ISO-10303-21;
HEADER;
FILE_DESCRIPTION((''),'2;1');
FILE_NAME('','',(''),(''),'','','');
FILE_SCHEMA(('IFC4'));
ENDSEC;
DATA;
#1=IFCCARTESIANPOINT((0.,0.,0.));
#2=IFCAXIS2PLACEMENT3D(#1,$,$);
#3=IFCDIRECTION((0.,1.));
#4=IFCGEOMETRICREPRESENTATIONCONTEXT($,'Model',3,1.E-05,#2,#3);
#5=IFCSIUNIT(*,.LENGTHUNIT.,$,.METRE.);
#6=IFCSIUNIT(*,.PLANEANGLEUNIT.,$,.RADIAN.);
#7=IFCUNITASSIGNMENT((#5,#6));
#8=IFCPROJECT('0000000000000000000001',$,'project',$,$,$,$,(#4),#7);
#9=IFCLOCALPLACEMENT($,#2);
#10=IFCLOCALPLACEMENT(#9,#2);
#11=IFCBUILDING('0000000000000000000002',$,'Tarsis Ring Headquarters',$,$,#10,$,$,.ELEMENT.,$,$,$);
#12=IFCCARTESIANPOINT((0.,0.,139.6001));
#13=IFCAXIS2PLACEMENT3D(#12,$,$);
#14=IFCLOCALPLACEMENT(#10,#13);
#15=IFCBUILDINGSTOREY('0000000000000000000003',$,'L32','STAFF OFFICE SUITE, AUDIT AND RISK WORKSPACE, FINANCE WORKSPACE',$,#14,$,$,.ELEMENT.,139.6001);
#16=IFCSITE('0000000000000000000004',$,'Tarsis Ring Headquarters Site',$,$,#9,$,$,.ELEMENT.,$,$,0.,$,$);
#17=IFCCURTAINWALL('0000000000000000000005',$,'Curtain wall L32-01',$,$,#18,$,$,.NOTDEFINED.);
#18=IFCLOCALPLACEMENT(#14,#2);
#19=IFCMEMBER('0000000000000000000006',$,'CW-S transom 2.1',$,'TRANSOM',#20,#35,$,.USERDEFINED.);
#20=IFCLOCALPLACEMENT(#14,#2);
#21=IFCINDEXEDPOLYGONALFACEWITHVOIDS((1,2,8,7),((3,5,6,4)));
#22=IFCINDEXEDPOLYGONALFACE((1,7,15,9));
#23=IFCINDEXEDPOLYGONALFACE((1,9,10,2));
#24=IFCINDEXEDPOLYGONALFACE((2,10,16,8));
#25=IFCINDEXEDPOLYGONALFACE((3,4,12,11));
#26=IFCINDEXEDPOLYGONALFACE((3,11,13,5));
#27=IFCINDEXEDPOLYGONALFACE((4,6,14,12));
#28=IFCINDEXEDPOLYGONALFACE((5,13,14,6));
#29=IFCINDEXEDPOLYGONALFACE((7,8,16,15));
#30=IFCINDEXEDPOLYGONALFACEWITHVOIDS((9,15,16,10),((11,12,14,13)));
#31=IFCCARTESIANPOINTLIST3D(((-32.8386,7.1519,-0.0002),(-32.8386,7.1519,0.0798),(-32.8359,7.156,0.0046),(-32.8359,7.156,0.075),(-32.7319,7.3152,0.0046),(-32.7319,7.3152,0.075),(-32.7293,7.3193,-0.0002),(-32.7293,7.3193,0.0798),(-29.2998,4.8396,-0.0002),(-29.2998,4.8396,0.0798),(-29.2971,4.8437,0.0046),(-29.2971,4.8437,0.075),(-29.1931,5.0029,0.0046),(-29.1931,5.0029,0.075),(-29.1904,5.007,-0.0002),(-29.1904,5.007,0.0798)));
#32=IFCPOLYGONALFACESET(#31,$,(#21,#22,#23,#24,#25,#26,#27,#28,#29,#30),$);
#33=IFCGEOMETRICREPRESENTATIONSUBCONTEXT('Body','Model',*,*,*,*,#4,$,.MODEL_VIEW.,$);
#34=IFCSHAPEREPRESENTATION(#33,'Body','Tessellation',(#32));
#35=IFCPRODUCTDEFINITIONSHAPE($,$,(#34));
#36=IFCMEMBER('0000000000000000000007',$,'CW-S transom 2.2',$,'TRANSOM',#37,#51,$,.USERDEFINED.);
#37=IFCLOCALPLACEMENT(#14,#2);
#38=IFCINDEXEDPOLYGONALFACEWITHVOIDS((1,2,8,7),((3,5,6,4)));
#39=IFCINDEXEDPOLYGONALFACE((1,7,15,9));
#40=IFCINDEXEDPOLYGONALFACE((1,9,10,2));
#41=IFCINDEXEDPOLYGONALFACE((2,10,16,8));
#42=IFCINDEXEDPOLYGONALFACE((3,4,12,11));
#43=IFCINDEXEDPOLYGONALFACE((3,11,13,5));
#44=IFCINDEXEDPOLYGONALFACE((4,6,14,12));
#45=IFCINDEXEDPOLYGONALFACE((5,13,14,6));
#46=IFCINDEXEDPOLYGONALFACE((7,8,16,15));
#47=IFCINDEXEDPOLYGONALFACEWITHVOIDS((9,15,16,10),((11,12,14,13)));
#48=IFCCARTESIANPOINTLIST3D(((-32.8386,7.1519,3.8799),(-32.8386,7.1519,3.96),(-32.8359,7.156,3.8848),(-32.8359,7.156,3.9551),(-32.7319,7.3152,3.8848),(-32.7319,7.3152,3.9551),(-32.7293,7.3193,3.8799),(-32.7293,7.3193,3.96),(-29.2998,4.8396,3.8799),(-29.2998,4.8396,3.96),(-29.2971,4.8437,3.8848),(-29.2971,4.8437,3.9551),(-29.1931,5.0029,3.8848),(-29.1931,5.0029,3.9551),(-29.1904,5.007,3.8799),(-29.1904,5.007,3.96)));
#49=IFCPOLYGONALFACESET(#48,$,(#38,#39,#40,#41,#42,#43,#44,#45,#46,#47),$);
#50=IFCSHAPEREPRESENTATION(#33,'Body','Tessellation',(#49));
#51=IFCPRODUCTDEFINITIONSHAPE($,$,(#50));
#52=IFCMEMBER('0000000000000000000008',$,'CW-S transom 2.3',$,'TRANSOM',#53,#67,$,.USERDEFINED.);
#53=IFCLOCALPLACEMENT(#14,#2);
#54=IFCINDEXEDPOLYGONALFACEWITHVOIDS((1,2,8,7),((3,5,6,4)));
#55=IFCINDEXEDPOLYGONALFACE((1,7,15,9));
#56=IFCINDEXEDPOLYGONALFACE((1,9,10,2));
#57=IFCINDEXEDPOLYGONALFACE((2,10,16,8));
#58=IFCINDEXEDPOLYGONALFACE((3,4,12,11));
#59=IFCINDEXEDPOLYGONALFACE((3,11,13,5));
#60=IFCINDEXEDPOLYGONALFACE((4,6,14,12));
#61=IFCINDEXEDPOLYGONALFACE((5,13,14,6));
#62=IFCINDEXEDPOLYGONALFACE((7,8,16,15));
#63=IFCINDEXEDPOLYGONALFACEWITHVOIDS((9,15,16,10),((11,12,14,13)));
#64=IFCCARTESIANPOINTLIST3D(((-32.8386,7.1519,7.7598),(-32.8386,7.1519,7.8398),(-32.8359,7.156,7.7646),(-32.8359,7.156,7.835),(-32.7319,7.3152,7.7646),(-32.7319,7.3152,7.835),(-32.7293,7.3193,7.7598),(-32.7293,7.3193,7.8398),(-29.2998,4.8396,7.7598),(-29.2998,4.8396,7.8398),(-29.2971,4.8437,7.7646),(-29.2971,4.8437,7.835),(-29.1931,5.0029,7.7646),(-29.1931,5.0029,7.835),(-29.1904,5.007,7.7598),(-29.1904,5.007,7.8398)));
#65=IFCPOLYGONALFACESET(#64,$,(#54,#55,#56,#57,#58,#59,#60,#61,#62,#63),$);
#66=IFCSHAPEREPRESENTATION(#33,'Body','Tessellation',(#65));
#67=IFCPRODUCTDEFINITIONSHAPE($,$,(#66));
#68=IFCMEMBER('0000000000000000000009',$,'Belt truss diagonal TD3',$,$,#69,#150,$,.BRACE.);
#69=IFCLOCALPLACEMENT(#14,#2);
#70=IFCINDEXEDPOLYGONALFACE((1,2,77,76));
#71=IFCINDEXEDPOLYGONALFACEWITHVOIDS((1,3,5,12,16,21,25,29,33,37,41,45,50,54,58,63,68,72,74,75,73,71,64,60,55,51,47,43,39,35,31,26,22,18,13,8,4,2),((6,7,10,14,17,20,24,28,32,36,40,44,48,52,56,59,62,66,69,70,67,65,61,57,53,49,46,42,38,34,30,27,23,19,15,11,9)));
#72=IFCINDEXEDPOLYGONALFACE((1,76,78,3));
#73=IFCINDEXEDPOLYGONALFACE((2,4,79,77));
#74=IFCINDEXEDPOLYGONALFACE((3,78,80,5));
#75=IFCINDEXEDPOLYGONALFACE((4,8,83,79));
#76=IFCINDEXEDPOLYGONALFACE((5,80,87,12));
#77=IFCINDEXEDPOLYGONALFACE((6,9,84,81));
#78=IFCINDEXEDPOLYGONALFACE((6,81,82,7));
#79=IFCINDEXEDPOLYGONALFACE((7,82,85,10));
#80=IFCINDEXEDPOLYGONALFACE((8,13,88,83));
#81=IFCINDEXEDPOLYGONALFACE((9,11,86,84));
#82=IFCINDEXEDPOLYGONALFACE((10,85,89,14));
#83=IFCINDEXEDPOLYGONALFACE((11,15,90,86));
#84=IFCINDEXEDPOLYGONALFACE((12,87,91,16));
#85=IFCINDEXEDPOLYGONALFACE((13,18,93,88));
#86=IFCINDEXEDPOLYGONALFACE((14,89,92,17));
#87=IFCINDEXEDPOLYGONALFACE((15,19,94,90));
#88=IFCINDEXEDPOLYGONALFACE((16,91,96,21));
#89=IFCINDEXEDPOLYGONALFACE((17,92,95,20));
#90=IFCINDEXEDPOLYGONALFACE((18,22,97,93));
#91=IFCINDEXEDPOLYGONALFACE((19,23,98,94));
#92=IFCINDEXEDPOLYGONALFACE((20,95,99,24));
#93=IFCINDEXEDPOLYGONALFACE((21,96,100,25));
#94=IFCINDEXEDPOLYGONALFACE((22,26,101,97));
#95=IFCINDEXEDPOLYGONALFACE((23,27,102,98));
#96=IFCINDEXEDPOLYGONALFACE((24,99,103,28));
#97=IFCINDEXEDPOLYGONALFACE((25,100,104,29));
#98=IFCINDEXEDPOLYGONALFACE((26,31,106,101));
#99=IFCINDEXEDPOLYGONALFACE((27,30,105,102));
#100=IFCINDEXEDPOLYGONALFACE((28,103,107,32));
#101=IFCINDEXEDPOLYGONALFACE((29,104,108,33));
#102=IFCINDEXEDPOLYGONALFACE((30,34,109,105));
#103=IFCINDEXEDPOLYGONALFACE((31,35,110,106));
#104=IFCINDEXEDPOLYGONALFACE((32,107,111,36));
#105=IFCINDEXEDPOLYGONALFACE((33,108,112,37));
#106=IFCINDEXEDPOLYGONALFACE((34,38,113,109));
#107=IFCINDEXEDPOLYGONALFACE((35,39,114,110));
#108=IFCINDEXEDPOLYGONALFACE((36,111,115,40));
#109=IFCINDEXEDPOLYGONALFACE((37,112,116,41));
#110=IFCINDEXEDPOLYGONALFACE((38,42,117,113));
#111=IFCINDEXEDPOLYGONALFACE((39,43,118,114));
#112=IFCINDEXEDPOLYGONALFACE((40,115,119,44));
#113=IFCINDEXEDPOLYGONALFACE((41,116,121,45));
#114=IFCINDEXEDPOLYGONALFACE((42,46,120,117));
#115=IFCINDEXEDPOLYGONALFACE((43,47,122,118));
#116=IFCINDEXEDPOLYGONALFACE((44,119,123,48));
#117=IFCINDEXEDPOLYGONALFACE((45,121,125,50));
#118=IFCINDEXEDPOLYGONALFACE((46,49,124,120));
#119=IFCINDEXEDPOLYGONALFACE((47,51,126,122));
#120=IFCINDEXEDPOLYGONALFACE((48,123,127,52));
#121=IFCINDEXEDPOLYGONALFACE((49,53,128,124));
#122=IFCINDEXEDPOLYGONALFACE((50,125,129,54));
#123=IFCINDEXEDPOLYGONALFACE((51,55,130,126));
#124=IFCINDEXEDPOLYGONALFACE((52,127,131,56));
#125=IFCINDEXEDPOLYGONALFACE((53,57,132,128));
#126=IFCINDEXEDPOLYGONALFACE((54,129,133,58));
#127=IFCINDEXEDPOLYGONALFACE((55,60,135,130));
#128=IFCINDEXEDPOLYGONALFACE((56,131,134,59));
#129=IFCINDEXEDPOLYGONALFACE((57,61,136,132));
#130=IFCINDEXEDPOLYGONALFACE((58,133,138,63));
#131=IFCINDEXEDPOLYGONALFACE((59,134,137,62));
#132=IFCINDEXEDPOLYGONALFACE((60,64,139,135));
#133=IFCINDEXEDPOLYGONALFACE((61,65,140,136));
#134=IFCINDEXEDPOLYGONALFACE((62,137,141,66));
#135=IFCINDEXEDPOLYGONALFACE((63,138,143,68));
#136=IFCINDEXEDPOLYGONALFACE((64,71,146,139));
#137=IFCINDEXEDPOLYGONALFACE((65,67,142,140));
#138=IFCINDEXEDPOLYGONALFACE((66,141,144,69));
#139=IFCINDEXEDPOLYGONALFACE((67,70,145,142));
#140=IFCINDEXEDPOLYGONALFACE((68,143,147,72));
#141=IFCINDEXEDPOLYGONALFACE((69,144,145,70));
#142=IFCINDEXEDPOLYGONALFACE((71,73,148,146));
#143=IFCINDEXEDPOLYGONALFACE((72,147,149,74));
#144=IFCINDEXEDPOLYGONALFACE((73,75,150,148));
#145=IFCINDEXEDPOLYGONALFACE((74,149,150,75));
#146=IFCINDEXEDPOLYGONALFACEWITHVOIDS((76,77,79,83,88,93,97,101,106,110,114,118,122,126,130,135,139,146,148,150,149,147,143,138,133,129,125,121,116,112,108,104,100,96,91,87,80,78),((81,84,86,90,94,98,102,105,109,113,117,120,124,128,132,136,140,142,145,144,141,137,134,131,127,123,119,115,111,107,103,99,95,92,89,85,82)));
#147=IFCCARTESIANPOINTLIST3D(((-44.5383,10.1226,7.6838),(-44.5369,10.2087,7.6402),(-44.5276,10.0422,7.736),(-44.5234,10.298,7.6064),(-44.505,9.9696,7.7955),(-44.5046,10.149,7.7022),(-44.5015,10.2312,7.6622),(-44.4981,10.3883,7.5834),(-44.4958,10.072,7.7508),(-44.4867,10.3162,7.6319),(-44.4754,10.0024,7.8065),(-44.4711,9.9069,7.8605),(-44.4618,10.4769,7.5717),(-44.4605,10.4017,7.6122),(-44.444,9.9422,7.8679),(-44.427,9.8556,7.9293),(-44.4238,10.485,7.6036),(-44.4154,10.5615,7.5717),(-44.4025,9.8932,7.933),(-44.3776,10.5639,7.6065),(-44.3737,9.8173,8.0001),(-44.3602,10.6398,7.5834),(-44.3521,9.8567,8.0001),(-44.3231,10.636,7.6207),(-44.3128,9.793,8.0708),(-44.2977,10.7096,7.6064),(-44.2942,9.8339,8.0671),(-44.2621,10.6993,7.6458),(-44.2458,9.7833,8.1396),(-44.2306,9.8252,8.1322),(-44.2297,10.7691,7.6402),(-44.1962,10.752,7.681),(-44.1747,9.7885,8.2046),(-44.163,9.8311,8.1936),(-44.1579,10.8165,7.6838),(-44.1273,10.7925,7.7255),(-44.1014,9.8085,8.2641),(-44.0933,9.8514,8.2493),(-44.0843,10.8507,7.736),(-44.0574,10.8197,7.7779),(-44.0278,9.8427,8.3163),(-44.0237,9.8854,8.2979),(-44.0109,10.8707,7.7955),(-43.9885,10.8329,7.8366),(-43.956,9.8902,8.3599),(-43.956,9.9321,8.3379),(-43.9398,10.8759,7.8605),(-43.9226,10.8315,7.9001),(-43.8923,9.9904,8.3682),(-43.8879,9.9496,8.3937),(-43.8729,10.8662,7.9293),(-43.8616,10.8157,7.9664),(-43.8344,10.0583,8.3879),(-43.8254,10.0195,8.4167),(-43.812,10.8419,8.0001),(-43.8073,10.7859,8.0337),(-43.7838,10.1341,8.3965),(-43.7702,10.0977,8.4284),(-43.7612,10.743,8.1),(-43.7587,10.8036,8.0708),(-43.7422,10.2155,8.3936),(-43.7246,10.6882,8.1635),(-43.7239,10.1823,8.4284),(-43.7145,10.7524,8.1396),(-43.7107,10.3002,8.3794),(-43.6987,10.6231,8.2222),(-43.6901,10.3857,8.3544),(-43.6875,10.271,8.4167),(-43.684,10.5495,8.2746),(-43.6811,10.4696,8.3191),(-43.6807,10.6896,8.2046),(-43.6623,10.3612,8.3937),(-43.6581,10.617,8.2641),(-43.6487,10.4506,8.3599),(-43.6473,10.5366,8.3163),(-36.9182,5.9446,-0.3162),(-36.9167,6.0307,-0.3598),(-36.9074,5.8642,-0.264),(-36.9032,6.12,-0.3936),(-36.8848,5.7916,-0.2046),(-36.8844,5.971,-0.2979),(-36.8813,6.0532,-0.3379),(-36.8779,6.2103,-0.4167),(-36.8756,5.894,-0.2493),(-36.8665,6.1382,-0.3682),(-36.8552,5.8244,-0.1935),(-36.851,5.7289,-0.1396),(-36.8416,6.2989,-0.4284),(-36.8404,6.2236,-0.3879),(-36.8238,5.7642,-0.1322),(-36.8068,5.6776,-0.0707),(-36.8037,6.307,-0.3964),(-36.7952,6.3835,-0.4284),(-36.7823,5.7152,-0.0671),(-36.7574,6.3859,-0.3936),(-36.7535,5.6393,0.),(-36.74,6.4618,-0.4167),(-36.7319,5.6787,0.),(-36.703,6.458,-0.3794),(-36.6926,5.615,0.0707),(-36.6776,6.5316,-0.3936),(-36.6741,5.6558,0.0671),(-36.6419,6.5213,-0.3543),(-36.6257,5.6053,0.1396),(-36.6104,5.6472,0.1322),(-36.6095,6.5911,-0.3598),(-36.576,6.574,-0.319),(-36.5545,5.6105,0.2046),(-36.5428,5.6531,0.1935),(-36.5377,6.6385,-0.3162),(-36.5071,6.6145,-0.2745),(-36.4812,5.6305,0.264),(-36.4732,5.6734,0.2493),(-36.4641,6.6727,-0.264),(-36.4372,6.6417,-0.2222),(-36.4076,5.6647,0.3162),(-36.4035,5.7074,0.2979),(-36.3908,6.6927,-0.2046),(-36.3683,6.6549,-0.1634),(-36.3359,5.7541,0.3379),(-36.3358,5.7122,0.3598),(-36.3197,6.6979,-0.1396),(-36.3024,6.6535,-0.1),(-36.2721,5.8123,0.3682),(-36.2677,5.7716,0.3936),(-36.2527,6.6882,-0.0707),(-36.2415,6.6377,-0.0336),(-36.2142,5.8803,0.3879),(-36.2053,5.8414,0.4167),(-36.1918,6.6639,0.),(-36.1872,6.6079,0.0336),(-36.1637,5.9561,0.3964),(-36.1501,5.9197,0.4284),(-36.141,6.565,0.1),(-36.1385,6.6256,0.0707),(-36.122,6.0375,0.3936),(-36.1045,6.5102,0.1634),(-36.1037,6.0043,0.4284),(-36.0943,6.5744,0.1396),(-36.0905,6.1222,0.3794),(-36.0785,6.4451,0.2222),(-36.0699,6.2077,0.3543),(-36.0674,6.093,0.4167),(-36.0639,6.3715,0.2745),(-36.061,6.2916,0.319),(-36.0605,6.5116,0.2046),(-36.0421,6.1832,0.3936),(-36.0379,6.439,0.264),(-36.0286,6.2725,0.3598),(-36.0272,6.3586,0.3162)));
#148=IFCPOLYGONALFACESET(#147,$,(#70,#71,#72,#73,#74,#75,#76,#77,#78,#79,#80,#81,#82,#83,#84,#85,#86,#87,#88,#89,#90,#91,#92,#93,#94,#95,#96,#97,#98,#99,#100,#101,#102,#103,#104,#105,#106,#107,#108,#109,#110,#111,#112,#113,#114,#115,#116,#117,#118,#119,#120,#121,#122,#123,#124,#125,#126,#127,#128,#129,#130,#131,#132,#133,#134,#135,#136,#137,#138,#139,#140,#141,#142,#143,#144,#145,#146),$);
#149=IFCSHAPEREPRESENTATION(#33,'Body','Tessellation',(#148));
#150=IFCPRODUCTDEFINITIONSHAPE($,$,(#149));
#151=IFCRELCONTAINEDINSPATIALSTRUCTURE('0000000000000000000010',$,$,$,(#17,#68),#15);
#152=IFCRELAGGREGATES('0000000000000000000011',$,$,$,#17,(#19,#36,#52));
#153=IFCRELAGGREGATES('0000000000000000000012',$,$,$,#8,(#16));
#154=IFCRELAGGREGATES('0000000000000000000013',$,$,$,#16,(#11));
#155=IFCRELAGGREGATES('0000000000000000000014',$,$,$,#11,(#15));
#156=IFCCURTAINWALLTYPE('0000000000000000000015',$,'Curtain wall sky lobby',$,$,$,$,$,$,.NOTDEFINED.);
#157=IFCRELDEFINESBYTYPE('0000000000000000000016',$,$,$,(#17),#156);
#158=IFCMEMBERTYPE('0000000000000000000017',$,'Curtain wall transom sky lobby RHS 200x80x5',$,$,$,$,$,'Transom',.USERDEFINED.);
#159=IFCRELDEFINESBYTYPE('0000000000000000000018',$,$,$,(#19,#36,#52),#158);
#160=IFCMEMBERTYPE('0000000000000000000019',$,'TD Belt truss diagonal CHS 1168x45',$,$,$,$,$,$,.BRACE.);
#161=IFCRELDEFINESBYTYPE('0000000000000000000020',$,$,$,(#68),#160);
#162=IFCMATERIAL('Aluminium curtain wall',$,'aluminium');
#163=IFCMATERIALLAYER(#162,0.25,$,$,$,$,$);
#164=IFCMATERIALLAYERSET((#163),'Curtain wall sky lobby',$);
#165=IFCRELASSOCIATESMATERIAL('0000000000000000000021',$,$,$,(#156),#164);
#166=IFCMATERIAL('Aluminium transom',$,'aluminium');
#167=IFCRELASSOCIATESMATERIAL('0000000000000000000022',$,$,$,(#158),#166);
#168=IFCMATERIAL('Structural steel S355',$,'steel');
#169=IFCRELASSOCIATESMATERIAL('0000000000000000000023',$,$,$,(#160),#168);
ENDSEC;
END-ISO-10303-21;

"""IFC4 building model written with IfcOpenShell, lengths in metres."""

from ifc_helpers import new_model, si_unit, direction, frame, origin, origin_2d, place, context, subcontext, project, spatial, hollow_rectangle, hollow_circle, extrude, material, layer, layer_set, material_profile, profile_set, type_object, element, aggregate, save


model = new_model("IFC4")

# Units and contexts
model_context = context("Model", 3, precision=1e-05, world=origin(), true_north=direction((0.0, 1.0)))
body_context = subcontext(model_context, "Body", "Model", "MODEL_VIEW")
ifc_project = project(units=[si_unit("LENGTHUNIT", "METRE"), si_unit("PLANEANGLEUNIT", "RADIAN")], contexts=[model_context])

# Site, building, storey
site_placement = place(None, origin())
site = spatial("IfcSite", under=ifc_project, at=site_placement, Name="Tarsis Ring Headquarters Site", CompositionType="ELEMENT", RefElevation=0.0)
building_placement = place(site_placement, origin())
building = spatial("IfcBuilding", under=site, at=building_placement, Name="Tarsis Ring Headquarters", CompositionType="ELEMENT")
storey_placement = place(building_placement, frame((0.0, 0.0, 139.6001)))
storey = spatial("IfcBuildingStorey", under=building, at=storey_placement, Name="L32", Description="STAFF OFFICE SUITE, AUDIT AND RISK WORKSPACE, FINANCE WORKSPACE", CompositionType="ELEMENT", Elevation=139.6001)

# Shared definitions
ifc_material_1 = material(Name="Structural steel S355", Category="steel")
ifc_material_profile_1 = material_profile(ifc_material_1, hollow_circle(Radius=0.5842, WallThickness=0.0449, at=origin_2d()), Name="CHS 1168x45")
ifc_profile_set_1 = profile_set([ifc_material_profile_1], Name="Structural steel S355")

# Curtain wall, members
ifc_material_2 = material(Name="Aluminium curtain wall", Category="aluminium")
ifc_layer_1 = layer(ifc_material_2, 0.25)
ifc_layer_set_1 = layer_set([ifc_layer_1], Name="Curtain wall sky lobby")
curtain_wall_type = type_object("IfcCurtainWallType", Name="Curtain wall sky lobby", PredefinedType="NOTDEFINED", material=ifc_layer_set_1)
curtain_wall_placement = place(storey_placement, origin())
curtain_wall = element("IfcCurtainWall", 1, at=curtain_wall_placement, inside=storey, type_object=curtain_wall_type, Name="Curtain wall L32-01", PredefinedType="NOTDEFINED")
ifc_material_3 = material(Name="Aluminium transom", Category="aluminium")
ifc_material_profile_2 = material_profile(ifc_material_3, hollow_rectangle(XDim=0.2, YDim=0.0801, WallThickness=0.0049, at=origin_2d()), Name="RHS 200x80x5")
ifc_profile_set_2 = profile_set([ifc_material_profile_2], Name="Aluminium transom")
member_type_1 = type_object("IfcMemberType", Name="Curtain wall transom sky lobby RHS 200x80x5", ElementType="Transom", PredefinedType="USERDEFINED", material=ifc_profile_set_2)
member_1_placement = place(storey_placement, frame((-32.7839, 7.2356, 0.0398), z_axis=(0.837142, -0.546986, 0.0), x_axis=(0.546986, 0.837142, 0.0)))
member_1 = element("IfcMember", 2, at=member_1_placement, type_object=member_type_1, Name="CW-S transom 2.1", ObjectType="TRANSOM", PredefinedType="USERDEFINED", context=body_context, shape_type="SweptSolid", body=[
    extrude(hollow_rectangle(XDim=0.2, YDim=0.0801, WallThickness=0.0049, at=origin_2d()), origin(), (0.0, 0.0, 1.0), 4.2273),
])
member_2_placement = place(storey_placement, frame((-32.7839, 7.2356, 3.9199), z_axis=(0.837142, -0.546986, 0.0), x_axis=(0.546986, 0.837142, 0.0)))
member_2 = element("IfcMember", 3, at=member_2_placement, type_object=member_type_1, Name="CW-S transom 2.2", ObjectType="TRANSOM", PredefinedType="USERDEFINED", context=body_context, shape_type="SweptSolid", body=[
    extrude(hollow_rectangle(XDim=0.2, YDim=0.0801, WallThickness=0.0049, at=origin_2d()), origin(), (0.0, 0.0, 1.0), 4.2273),
])
member_3_placement = place(storey_placement, frame((-32.7839, 7.2356, 7.7998), z_axis=(0.837142, -0.546986, 0.0), x_axis=(0.546986, 0.837142, 0.0)))
member_3 = element("IfcMember", 4, at=member_3_placement, type_object=member_type_1, Name="CW-S transom 2.3", ObjectType="TRANSOM", PredefinedType="USERDEFINED", context=body_context, shape_type="SweptSolid", body=[
    extrude(hollow_rectangle(XDim=0.2, YDim=0.0801, WallThickness=0.0049, at=origin_2d()), origin(), (0.0, 0.0, 1.0), 4.2273),
])

# Member
member_type_2 = type_object("IfcMemberType", Name="TD Belt truss diagonal CHS 1168x45", PredefinedType="BRACE", material=ifc_profile_set_1)
member_4_placement = place(storey_placement, frame((-36.4727, 6.1516, 0.0), z_axis=(-0.64512, 0.353708, 0.677281), x_axis=(-0.480762, -0.876851, 0.0)))
element("IfcMember", 5, at=member_4_placement, inside=storey, type_object=member_type_2, Name="Belt truss diagonal TD3", PredefinedType="BRACE", context=body_context, shape_type="SweptSolid", body=[
    extrude(hollow_circle(Radius=0.5842, WallThickness=0.0449, at=origin_2d()), origin(), (0.0, 0.0, 1.0), 11.812),
])

aggregate(curtain_wall, [member_1, member_2, member_3])

save(model, "model.ifc")
